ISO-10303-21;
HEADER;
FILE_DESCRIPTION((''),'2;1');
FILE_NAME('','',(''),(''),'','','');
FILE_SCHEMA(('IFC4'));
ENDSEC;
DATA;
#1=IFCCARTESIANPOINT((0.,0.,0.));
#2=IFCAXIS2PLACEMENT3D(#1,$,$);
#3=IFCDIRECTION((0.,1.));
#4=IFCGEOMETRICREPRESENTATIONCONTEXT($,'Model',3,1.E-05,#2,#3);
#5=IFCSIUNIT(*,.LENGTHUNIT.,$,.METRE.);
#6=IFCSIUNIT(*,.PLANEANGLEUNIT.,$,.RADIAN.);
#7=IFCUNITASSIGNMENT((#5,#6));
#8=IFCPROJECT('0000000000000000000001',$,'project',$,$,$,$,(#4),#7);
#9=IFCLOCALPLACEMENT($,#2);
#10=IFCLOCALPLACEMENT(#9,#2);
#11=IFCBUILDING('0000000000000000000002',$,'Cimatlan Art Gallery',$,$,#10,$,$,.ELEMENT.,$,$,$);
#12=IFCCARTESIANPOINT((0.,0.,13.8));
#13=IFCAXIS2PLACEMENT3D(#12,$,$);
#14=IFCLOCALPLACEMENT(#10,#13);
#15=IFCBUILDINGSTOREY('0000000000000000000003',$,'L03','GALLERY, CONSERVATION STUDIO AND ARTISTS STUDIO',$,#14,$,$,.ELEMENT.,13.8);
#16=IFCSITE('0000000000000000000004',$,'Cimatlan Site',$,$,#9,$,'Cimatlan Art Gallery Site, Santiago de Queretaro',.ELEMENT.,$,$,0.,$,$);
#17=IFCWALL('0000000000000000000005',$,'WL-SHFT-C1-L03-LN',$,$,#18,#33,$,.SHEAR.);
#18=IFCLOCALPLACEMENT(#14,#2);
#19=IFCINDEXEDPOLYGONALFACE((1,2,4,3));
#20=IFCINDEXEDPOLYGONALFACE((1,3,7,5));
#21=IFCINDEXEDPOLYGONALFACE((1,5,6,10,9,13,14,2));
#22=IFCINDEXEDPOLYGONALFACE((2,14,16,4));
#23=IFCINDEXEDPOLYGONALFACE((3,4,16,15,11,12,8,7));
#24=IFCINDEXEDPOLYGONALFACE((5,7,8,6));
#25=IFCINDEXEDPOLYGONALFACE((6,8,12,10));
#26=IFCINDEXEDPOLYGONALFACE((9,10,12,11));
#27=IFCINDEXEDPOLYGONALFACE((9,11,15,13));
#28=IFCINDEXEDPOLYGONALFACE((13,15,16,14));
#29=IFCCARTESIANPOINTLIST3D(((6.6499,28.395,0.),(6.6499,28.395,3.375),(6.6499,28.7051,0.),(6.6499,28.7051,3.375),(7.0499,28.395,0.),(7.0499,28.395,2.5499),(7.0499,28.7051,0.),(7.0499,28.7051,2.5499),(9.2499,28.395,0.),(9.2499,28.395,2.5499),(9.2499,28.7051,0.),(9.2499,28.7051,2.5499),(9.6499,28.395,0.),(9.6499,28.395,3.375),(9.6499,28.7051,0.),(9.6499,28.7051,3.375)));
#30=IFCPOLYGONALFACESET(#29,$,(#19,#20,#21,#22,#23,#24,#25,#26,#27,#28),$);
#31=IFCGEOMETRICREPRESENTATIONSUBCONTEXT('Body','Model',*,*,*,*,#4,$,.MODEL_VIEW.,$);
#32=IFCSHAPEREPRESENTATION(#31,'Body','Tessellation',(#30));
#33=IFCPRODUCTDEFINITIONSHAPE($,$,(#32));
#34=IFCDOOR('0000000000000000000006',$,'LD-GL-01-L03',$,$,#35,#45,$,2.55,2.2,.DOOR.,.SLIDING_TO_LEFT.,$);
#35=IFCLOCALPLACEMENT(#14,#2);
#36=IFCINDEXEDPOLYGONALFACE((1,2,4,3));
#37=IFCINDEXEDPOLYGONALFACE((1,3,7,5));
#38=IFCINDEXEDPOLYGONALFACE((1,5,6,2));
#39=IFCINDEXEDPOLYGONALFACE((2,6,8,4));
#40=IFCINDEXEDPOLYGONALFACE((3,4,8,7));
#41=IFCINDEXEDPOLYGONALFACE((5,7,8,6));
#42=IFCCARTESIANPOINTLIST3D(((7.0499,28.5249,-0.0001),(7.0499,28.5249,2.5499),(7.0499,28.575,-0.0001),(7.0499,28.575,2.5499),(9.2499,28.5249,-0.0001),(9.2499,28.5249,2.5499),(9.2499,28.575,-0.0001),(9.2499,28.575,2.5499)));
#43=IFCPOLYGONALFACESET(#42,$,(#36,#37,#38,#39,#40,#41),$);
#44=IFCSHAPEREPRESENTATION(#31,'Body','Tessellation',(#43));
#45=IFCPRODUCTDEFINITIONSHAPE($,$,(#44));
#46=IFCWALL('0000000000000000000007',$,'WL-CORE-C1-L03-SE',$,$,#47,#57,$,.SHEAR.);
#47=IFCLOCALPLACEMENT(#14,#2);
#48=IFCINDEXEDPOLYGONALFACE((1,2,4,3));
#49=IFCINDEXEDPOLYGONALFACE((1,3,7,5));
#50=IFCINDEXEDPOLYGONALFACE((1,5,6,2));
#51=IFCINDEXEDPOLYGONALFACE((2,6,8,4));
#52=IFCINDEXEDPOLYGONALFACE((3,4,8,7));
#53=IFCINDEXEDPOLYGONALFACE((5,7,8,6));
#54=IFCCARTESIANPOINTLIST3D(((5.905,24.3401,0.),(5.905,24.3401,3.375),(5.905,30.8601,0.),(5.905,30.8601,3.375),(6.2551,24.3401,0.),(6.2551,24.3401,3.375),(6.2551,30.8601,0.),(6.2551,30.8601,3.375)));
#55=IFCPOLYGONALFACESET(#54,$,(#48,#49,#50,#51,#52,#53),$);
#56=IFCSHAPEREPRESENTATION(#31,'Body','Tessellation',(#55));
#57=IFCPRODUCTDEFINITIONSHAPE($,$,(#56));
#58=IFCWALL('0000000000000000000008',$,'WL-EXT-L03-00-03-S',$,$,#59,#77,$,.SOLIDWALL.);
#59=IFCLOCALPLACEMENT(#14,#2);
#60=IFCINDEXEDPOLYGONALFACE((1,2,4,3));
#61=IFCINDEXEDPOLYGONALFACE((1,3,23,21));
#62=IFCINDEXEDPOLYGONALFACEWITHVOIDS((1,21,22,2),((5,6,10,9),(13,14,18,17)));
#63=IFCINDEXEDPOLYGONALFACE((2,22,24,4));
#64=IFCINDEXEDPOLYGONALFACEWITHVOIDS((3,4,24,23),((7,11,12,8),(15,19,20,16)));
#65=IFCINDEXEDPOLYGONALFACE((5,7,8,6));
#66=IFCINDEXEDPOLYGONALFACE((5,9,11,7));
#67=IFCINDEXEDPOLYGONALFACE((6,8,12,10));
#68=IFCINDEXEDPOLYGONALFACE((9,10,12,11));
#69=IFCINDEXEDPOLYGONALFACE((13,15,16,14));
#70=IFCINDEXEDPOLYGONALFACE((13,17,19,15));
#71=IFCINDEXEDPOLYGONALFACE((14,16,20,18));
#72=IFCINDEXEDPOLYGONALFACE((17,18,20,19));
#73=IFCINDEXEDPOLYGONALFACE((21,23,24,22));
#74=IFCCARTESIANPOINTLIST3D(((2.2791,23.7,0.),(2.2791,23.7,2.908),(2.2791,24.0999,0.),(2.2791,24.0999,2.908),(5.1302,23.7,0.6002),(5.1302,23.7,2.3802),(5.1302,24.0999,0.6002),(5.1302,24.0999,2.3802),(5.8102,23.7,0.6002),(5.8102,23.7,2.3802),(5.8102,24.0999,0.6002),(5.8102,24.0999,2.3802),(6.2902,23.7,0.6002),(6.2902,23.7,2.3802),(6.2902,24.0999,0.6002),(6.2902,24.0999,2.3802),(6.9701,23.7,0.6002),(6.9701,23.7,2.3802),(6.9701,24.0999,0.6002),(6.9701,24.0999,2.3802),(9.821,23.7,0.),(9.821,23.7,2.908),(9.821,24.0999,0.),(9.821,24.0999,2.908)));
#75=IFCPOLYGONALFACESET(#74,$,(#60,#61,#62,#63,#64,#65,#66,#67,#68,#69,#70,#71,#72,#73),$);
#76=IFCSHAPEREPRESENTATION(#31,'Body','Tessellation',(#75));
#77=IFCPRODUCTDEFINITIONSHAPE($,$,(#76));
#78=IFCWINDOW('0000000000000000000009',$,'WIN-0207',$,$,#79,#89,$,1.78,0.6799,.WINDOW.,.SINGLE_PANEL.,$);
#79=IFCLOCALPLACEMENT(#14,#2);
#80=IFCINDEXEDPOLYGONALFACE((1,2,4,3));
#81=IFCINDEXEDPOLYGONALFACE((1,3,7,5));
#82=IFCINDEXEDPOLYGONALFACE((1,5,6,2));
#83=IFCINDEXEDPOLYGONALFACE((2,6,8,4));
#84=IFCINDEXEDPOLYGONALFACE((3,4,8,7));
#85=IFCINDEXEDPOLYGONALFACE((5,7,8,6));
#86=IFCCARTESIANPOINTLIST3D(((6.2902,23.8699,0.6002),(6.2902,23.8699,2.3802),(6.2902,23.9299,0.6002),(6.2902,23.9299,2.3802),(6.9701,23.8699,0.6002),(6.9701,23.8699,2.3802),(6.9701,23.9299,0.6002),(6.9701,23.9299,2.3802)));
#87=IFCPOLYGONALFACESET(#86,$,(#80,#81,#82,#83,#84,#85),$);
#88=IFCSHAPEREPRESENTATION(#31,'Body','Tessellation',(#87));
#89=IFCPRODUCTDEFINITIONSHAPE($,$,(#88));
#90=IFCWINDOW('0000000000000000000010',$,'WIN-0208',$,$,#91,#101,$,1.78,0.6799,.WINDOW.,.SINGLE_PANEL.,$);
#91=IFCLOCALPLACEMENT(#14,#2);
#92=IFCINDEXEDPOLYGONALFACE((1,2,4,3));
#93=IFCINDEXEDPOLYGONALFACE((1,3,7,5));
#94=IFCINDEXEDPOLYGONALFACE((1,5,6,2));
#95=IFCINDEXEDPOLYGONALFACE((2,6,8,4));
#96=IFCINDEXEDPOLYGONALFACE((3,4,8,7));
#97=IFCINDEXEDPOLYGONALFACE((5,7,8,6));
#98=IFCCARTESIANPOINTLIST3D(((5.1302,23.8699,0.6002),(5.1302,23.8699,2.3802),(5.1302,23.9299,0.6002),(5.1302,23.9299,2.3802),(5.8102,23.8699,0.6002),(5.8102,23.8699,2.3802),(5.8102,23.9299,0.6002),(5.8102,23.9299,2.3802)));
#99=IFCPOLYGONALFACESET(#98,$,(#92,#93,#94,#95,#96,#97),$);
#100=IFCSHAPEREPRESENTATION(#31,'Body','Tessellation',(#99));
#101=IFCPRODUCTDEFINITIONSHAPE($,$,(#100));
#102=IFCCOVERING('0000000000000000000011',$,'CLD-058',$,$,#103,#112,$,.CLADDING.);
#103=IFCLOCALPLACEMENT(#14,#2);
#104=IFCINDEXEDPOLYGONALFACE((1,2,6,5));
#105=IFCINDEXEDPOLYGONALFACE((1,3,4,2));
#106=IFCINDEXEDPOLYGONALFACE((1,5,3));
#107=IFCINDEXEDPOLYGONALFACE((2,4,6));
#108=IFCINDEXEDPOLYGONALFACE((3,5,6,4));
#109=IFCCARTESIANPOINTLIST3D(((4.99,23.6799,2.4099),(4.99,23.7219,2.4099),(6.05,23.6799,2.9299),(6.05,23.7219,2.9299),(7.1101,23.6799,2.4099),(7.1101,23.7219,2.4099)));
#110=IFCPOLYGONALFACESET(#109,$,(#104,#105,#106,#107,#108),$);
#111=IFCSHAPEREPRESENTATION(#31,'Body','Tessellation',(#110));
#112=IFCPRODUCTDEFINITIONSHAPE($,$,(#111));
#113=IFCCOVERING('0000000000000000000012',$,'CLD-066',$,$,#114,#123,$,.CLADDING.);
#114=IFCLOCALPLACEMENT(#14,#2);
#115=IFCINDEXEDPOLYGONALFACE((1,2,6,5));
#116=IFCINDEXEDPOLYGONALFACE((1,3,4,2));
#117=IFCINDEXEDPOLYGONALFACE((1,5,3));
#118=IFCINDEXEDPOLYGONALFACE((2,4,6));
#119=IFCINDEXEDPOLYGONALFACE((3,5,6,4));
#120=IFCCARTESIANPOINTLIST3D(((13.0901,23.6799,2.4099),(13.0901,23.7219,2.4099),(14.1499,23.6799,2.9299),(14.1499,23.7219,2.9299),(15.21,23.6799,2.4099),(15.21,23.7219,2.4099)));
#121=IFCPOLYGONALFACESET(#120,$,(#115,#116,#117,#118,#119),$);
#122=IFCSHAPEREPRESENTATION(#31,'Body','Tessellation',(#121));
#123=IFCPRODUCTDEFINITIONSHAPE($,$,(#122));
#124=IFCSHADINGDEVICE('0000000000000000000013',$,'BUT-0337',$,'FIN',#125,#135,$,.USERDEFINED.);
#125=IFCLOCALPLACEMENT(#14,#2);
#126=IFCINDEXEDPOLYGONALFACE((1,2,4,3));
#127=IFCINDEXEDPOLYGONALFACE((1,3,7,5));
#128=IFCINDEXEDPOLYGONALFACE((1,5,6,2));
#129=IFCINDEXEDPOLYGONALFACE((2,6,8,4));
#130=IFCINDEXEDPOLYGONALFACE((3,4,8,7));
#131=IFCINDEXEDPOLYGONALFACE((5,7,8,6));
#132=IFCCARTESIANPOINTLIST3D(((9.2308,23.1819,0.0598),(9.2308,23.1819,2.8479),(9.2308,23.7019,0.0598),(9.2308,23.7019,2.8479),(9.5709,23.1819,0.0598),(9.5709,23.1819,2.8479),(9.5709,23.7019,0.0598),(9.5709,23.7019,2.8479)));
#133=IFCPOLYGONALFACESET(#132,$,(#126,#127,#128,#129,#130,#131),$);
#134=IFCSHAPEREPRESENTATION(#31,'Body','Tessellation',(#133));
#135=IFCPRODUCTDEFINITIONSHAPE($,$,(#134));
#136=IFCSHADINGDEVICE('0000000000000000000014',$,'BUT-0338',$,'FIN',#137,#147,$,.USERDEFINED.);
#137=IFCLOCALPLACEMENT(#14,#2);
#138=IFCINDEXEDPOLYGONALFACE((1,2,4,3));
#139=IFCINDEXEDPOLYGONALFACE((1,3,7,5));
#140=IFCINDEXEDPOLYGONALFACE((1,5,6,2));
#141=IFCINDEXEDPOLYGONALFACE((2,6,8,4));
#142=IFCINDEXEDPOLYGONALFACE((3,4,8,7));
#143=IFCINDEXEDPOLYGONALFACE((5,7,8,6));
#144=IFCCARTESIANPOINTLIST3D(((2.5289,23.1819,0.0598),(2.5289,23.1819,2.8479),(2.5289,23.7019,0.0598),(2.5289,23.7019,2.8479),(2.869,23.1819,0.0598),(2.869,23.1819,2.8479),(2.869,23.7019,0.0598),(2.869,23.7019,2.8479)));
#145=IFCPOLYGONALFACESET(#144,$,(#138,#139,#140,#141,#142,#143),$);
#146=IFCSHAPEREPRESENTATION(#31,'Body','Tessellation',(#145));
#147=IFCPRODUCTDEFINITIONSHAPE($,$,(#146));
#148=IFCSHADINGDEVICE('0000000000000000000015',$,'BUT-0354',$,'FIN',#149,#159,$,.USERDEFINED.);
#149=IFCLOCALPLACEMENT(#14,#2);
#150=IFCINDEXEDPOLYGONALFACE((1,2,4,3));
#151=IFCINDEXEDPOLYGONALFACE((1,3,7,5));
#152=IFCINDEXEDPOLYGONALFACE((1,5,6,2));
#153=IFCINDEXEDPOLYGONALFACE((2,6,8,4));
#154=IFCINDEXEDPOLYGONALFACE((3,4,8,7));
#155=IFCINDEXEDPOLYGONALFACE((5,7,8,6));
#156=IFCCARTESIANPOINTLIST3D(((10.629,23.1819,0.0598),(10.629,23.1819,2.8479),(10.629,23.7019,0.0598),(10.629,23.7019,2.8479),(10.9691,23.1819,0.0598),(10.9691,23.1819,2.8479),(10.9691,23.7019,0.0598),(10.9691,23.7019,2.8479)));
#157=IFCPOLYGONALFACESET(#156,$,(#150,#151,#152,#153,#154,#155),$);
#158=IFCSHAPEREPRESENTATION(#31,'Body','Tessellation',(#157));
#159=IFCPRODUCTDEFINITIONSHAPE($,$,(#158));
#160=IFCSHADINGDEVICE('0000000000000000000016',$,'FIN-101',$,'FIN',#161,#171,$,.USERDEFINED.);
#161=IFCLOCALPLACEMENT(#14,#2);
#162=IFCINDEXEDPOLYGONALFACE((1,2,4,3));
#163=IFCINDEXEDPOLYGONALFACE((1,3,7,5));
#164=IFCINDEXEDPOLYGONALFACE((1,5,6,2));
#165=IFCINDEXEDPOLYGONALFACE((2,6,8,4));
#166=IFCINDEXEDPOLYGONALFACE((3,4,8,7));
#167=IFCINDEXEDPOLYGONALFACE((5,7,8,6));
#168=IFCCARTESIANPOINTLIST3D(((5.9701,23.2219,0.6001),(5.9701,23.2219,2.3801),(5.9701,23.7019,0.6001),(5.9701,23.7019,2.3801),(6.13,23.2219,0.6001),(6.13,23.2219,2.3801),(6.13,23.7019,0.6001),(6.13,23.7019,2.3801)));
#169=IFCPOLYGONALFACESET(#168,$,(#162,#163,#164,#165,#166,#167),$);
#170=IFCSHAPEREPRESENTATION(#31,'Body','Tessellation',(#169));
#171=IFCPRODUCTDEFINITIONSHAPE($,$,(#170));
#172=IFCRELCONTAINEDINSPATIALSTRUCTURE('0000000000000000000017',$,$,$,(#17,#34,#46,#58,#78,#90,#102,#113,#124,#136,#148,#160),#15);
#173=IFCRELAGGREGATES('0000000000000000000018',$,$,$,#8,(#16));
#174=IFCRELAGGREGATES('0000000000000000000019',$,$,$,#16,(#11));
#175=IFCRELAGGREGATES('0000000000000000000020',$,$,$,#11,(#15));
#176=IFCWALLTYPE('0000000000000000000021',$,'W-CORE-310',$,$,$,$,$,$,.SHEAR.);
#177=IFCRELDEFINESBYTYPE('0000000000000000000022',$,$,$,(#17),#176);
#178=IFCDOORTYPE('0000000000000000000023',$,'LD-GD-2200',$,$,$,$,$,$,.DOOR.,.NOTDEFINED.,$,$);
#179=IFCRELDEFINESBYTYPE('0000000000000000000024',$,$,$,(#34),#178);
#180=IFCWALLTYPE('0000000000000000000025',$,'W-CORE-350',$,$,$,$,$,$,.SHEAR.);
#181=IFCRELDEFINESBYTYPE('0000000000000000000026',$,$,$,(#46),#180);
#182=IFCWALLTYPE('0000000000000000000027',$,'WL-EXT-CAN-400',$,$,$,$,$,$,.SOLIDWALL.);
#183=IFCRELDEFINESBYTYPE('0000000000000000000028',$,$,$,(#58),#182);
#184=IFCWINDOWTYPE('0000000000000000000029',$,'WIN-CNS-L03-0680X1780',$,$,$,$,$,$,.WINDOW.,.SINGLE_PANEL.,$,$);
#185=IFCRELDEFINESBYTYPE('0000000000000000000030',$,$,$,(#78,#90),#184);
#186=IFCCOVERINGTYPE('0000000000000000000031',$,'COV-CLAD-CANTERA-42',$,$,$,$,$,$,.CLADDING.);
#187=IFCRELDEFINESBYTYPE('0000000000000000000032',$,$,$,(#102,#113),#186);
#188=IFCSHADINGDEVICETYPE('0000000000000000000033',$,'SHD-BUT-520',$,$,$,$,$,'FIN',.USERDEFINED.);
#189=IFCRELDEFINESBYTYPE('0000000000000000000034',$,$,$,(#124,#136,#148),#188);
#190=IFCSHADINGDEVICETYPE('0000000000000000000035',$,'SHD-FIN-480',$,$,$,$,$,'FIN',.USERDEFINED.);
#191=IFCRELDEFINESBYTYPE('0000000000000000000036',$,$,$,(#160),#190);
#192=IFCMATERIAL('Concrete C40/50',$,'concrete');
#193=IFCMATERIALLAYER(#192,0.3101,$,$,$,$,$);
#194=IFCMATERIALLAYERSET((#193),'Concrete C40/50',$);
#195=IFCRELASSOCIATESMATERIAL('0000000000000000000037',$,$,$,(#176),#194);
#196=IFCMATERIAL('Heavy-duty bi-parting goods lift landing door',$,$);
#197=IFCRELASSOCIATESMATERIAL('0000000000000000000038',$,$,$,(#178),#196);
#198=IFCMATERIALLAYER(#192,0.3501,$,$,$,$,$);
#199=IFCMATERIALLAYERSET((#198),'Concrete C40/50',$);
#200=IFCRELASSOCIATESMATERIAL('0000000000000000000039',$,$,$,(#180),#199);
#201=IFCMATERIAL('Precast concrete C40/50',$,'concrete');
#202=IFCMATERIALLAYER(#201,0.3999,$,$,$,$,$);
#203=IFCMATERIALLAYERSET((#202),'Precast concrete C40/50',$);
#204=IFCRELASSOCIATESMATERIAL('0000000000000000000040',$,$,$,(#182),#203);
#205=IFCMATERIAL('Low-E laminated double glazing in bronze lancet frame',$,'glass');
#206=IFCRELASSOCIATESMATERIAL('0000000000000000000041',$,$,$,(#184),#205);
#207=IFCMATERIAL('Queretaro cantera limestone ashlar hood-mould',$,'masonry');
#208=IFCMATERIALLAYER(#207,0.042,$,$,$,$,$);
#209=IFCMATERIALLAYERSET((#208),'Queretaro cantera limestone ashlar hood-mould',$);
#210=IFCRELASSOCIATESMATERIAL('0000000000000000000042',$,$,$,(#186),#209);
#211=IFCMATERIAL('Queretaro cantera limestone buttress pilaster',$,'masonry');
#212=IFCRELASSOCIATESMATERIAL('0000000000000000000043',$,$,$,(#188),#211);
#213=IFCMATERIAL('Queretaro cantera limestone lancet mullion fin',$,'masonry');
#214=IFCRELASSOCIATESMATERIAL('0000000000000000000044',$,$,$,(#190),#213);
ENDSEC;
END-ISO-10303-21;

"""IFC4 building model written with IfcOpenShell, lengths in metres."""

from ifc_helpers import new_model, si_unit, direction, frame, frame_2d, origin, origin_2d, place, context, subcontext, project, spatial, polyline, rectangle, outline, extrude, material, layer, layer_set, type_object, element, fill, save


model = new_model("IFC4")

# Units and contexts
model_context = context("Model", 3, precision=1e-05, world=origin(), true_north=direction((0.0, 1.0)))
body_context = subcontext(model_context, "Body", "Model", "MODEL_VIEW")
ifc_project = project(units=[si_unit("LENGTHUNIT", "METRE"), si_unit("PLANEANGLEUNIT", "RADIAN")], contexts=[model_context])

# Site, building, storey
site_placement = place(None, origin())
site = spatial("IfcSite", under=ifc_project, at=site_placement, Name="Cimatlan Site", LongName="Cimatlan Art Gallery Site, Santiago de Queretaro", CompositionType="ELEMENT", RefElevation=0.0)
building_placement = place(site_placement, origin())
building = spatial("IfcBuilding", under=site, at=building_placement, Name="Cimatlan Art Gallery", CompositionType="ELEMENT")
storey_placement = place(building_placement, frame((0.0, 0.0, 13.8)))
storey = spatial("IfcBuildingStorey", under=building, at=storey_placement, Name="L03", Description="GALLERY, CONSERVATION STUDIO AND ARTISTS STUDIO", CompositionType="ELEMENT", Elevation=13.8)

# Shared definitions
ifc_material_1 = material(Name="Concrete C40/50", Category="concrete")
ifc_layer_1 = layer(ifc_material_1, 0.3101)
ifc_layer_set_1 = layer_set([ifc_layer_1], Name="Concrete C40/50")
wall_type_1 = type_object("IfcWallType", Name="W-CORE-310", PredefinedType="SHEAR", material=ifc_layer_set_1)

# Wall, opening, door
wall_1_placement = place(storey_placement, frame((6.6499, 28.55, 0.0), z_axis=(0.0, 0.0, 1.0), x_axis=(1.0, 0.0, 0.0)))
wall_1 = element("IfcWall", 1, at=wall_1_placement, inside=storey, type_object=wall_type_1, Name="WL-SHFT-C1-L03-LN", PredefinedType="SHEAR", context=body_context, shape_type="SweptSolid", body=[
    extrude(rectangle(XDim=3.0, YDim=0.3101, at=frame_2d((1.5, 0.0))), origin(), (0.0, 0.0, 1.0), 3.375),
])
opening_1_placement = place(wall_1_placement, frame((0.3999, 0.0, 0.0)))
opening_1 = element("IfcOpeningElement", 2, at=opening_1_placement, cuts=wall_1, PredefinedType="OPENING", context=body_context, shape_type="SweptSolid", body=[
    extrude(rectangle(XDim=2.2, YDim=2.55, at=frame_2d((1.1001, 1.2749))), frame((0.0, 0.165, 0.0), z_axis=(0.0, -1.0, 0.0), x_axis=(1.0, 0.0, 0.0)), (0.0, 0.0, 1.0), 0.3301),
])
ifc_material_2 = material(Name="Heavy-duty bi-parting goods lift landing door")
door_type = type_object("IfcDoorType", Name="LD-GD-2200", OperationType="NOTDEFINED", PredefinedType="DOOR", material=ifc_material_2)
door_placement = place(opening_1_placement, origin())
door = element("IfcDoor", 3, at=door_placement, inside=storey, type_object=door_type, Name="LD-GL-01-L03", OperationType="SLIDING_TO_LEFT", OverallHeight=2.55, OverallWidth=2.2, PredefinedType="DOOR", context=body_context, shape_type="SweptSolid", body=[
    extrude(rectangle(XDim=2.2, YDim=2.55, at=frame_2d((1.1001, 1.2749))), frame((0.0, 0.0249, 0.0), z_axis=(0.0, -1.0, 0.0), x_axis=(1.0, 0.0, 0.0)), (0.0, 0.0, 1.0), 0.05),
])
fill(opening_1, door)

# Wall
ifc_layer_2 = layer(ifc_material_1, 0.3501)
ifc_layer_set_2 = layer_set([ifc_layer_2], Name="Concrete C40/50")
wall_type_2 = type_object("IfcWallType", Name="W-CORE-350", PredefinedType="SHEAR", material=ifc_layer_set_2)
wall_2_placement = place(storey_placement, frame((6.0801, 24.3401, 0.0), z_axis=(0.0, 0.0, 1.0), x_axis=(0.0, 1.0, 0.0)))
element("IfcWall", 4, at=wall_2_placement, inside=storey, type_object=wall_type_2, Name="WL-CORE-C1-L03-SE", PredefinedType="SHEAR", context=body_context, shape_type="SweptSolid", body=[
    extrude(rectangle(XDim=6.52, YDim=0.3501, at=frame_2d((3.26, 0.0))), origin(), (0.0, 0.0, 1.0), 3.375),
])

# Wall, openings, windows
ifc_material_3 = material(Name="Precast concrete C40/50", Category="concrete")
ifc_layer_3 = layer(ifc_material_3, 0.3999)
ifc_layer_set_3 = layer_set([ifc_layer_3], Name="Precast concrete C40/50")
wall_type_3 = type_object("IfcWallType", Name="WL-EXT-CAN-400", PredefinedType="SOLIDWALL", material=ifc_layer_set_3)
wall_3_placement = place(storey_placement, frame((9.821, 23.8999, 0.0), z_axis=(0.0, 0.0, 1.0), x_axis=(-1.0, 0.0, 0.0)))
wall_3 = element("IfcWall", 5, at=wall_3_placement, inside=storey, type_object=wall_type_3, Name="WL-EXT-L03-00-03-S", PredefinedType="SOLIDWALL", context=body_context, shape_type="SweptSolid", body=[
    extrude(rectangle(XDim=7.542, YDim=0.3999, at=frame_2d((3.771, 0.0))), origin(), (0.0, 0.0, 1.0), 2.908),
])
opening_2_placement = place(wall_3_placement, frame((2.8511, 0.0, 0.6001)))
opening_2 = element("IfcOpeningElement", 6, at=opening_2_placement, cuts=wall_3, PredefinedType="OPENING", context=body_context, shape_type="SweptSolid", body=[
    extrude(rectangle(XDim=0.6799, YDim=1.78, at=frame_2d((0.3398, 0.8901))), frame((0.0, 0.21, 0.0), z_axis=(0.0, -1.0, 0.0), x_axis=(1.0, 0.0, 0.0)), (0.0, 0.0, 1.0), 0.4199),
])
opening_3_placement = place(wall_3_placement, frame((4.011, 0.0, 0.6001)))
opening_3 = element("IfcOpeningElement", 7, at=opening_3_placement, cuts=wall_3, PredefinedType="OPENING", context=body_context, shape_type="SweptSolid", body=[
    extrude(rectangle(XDim=0.6799, YDim=1.78, at=frame_2d((0.3398, 0.8901))), frame((0.0, 0.21, 0.0), z_axis=(0.0, -1.0, 0.0), x_axis=(1.0, 0.0, 0.0)), (0.0, 0.0, 1.0), 0.4199),
])
ifc_material_4 = material(Name="Low-E laminated double glazing in bronze lancet frame", Category="glass")
window_type = type_object("IfcWindowType", Name="WIN-CNS-L03-0680X1780", PartitioningType="SINGLE_PANEL", PredefinedType="WINDOW", material=ifc_material_4)
window_1_placement = place(opening_2_placement, origin())
window_1 = element("IfcWindow", 8, at=window_1_placement, inside=storey, type_object=window_type, Name="WIN-0207", OverallHeight=1.78, OverallWidth=0.6799, PartitioningType="SINGLE_PANEL", PredefinedType="WINDOW", context=body_context, shape_type="SweptSolid", body=[
    extrude(rectangle(XDim=0.6799, YDim=1.78, at=frame_2d((0.3398, 0.8901))), frame((0.0, 0.03, 0.0), z_axis=(0.0, -1.0, 0.0), x_axis=(1.0, 0.0, 0.0)), (0.0, 0.0, 1.0), 0.0601),
])
fill(opening_2, window_1)
window_2_placement = place(opening_3_placement, origin())
window_2 = element("IfcWindow", 9, at=window_2_placement, inside=storey, type_object=window_type, Name="WIN-0208", OverallHeight=1.78, OverallWidth=0.6799, PartitioningType="SINGLE_PANEL", PredefinedType="WINDOW", context=body_context, shape_type="SweptSolid", body=[
    extrude(rectangle(XDim=0.6799, YDim=1.78, at=frame_2d((0.3398, 0.8901))), frame((0.0, 0.03, 0.0), z_axis=(0.0, -1.0, 0.0), x_axis=(1.0, 0.0, 0.0)), (0.0, 0.0, 1.0), 0.0601),
])
fill(opening_3, window_2)

# Coverings
ifc_material_5 = material(Name="Queretaro cantera limestone ashlar hood-mould", Category="masonry")
ifc_layer_4 = layer(ifc_material_5, 0.042)
ifc_layer_set_4 = layer_set([ifc_layer_4], Name="Queretaro cantera limestone ashlar hood-mould")
covering_type = type_object("IfcCoveringType", Name="COV-CLAD-CANTERA-42", PredefinedType="CLADDING", material=ifc_layer_set_4)
covering_1_placement = place(storey_placement, frame((7.1101, 23.7219, 2.4099), z_axis=(0.0, 1.0, 0.0), x_axis=(-1.0, 0.0, 0.0)))
element("IfcCovering", 10, at=covering_1_placement, inside=storey, type_object=covering_type, Name="CLD-058", PredefinedType="CLADDING", context=body_context, shape_type="SweptSolid", body=[
    extrude(outline(polyline([(0.0, 0.0), (2.1201, 0.0), (1.0601, 0.52), (0.0, 0.0)])), origin(), (0.0, 0.0, -1.0), 0.042),
])
covering_2_placement = place(storey_placement, frame((15.21, 23.7219, 2.4099), z_axis=(0.0, 1.0, 0.0), x_axis=(-1.0, 0.0, 0.0)))
element("IfcCovering", 11, at=covering_2_placement, inside=storey, type_object=covering_type, Name="CLD-066", PredefinedType="CLADDING", context=body_context, shape_type="SweptSolid", body=[
    extrude(outline(polyline([(0.0, 0.0), (2.1199, 0.0), (1.0601, 0.52), (0.0, 0.0)])), origin(), (0.0, 0.0, -1.0), 0.042),
])

# Shading devices
ifc_material_6 = material(Name="Queretaro cantera limestone buttress pilaster", Category="masonry")
shading_device_type_1 = type_object("IfcShadingDeviceType", Name="SHD-BUT-520", ElementType="FIN", PredefinedType="USERDEFINED", material=ifc_material_6)
for number, where, z_axis, x_axis, name in (
    (12, (9.4009, 23.4419, 0.0598), (0.0, 0.0, 1.0), (-1.0, 0.0, 0.0), "BUT-0337"),
    (13, (2.699, 23.4419, 0.0598), (0.0, 0.0, 1.0), (-1.0, 0.0, 0.0), "BUT-0338"),
    (14, (10.7991, 23.4419, 0.0598), (0.0, 0.0, 1.0), (-1.0, 0.0, 0.0), "BUT-0354"),
):
    element("IfcShadingDevice", number, at=place(storey_placement, frame(where, z_axis=z_axis, x_axis=x_axis)), inside=storey, type_object=shading_device_type_1, Name=name, ObjectType="FIN", PredefinedType="USERDEFINED", context=body_context, shape_type="SweptSolid", body=[
        extrude(rectangle(XDim=0.3401, YDim=0.52, at=origin_2d()), origin(), (0.0, 0.0, 1.0), 2.7881),
    ])
ifc_material_7 = material(Name="Queretaro cantera limestone lancet mullion fin", Category="masonry")
shading_device_type_2 = type_object("IfcShadingDeviceType", Name="SHD-FIN-480", ElementType="FIN", PredefinedType="USERDEFINED", material=ifc_material_7)
for number, where, z_axis, x_axis, name in (
    (15, (6.05, 23.4619, 0.6001), (0.0, 0.0, 1.0), (-1.0, 0.0, 0.0), "FIN-101"),
):
    element("IfcShadingDevice", number, at=place(storey_placement, frame(where, z_axis=z_axis, x_axis=x_axis)), inside=storey, type_object=shading_device_type_2, Name=name, ObjectType="FIN", PredefinedType="USERDEFINED", context=body_context, shape_type="SweptSolid", body=[
        extrude(rectangle(XDim=0.1599, YDim=0.48, at=origin_2d()), origin(), (0.0, 0.0, 1.0), 1.78),
    ])

save(model, "model.ifc")
